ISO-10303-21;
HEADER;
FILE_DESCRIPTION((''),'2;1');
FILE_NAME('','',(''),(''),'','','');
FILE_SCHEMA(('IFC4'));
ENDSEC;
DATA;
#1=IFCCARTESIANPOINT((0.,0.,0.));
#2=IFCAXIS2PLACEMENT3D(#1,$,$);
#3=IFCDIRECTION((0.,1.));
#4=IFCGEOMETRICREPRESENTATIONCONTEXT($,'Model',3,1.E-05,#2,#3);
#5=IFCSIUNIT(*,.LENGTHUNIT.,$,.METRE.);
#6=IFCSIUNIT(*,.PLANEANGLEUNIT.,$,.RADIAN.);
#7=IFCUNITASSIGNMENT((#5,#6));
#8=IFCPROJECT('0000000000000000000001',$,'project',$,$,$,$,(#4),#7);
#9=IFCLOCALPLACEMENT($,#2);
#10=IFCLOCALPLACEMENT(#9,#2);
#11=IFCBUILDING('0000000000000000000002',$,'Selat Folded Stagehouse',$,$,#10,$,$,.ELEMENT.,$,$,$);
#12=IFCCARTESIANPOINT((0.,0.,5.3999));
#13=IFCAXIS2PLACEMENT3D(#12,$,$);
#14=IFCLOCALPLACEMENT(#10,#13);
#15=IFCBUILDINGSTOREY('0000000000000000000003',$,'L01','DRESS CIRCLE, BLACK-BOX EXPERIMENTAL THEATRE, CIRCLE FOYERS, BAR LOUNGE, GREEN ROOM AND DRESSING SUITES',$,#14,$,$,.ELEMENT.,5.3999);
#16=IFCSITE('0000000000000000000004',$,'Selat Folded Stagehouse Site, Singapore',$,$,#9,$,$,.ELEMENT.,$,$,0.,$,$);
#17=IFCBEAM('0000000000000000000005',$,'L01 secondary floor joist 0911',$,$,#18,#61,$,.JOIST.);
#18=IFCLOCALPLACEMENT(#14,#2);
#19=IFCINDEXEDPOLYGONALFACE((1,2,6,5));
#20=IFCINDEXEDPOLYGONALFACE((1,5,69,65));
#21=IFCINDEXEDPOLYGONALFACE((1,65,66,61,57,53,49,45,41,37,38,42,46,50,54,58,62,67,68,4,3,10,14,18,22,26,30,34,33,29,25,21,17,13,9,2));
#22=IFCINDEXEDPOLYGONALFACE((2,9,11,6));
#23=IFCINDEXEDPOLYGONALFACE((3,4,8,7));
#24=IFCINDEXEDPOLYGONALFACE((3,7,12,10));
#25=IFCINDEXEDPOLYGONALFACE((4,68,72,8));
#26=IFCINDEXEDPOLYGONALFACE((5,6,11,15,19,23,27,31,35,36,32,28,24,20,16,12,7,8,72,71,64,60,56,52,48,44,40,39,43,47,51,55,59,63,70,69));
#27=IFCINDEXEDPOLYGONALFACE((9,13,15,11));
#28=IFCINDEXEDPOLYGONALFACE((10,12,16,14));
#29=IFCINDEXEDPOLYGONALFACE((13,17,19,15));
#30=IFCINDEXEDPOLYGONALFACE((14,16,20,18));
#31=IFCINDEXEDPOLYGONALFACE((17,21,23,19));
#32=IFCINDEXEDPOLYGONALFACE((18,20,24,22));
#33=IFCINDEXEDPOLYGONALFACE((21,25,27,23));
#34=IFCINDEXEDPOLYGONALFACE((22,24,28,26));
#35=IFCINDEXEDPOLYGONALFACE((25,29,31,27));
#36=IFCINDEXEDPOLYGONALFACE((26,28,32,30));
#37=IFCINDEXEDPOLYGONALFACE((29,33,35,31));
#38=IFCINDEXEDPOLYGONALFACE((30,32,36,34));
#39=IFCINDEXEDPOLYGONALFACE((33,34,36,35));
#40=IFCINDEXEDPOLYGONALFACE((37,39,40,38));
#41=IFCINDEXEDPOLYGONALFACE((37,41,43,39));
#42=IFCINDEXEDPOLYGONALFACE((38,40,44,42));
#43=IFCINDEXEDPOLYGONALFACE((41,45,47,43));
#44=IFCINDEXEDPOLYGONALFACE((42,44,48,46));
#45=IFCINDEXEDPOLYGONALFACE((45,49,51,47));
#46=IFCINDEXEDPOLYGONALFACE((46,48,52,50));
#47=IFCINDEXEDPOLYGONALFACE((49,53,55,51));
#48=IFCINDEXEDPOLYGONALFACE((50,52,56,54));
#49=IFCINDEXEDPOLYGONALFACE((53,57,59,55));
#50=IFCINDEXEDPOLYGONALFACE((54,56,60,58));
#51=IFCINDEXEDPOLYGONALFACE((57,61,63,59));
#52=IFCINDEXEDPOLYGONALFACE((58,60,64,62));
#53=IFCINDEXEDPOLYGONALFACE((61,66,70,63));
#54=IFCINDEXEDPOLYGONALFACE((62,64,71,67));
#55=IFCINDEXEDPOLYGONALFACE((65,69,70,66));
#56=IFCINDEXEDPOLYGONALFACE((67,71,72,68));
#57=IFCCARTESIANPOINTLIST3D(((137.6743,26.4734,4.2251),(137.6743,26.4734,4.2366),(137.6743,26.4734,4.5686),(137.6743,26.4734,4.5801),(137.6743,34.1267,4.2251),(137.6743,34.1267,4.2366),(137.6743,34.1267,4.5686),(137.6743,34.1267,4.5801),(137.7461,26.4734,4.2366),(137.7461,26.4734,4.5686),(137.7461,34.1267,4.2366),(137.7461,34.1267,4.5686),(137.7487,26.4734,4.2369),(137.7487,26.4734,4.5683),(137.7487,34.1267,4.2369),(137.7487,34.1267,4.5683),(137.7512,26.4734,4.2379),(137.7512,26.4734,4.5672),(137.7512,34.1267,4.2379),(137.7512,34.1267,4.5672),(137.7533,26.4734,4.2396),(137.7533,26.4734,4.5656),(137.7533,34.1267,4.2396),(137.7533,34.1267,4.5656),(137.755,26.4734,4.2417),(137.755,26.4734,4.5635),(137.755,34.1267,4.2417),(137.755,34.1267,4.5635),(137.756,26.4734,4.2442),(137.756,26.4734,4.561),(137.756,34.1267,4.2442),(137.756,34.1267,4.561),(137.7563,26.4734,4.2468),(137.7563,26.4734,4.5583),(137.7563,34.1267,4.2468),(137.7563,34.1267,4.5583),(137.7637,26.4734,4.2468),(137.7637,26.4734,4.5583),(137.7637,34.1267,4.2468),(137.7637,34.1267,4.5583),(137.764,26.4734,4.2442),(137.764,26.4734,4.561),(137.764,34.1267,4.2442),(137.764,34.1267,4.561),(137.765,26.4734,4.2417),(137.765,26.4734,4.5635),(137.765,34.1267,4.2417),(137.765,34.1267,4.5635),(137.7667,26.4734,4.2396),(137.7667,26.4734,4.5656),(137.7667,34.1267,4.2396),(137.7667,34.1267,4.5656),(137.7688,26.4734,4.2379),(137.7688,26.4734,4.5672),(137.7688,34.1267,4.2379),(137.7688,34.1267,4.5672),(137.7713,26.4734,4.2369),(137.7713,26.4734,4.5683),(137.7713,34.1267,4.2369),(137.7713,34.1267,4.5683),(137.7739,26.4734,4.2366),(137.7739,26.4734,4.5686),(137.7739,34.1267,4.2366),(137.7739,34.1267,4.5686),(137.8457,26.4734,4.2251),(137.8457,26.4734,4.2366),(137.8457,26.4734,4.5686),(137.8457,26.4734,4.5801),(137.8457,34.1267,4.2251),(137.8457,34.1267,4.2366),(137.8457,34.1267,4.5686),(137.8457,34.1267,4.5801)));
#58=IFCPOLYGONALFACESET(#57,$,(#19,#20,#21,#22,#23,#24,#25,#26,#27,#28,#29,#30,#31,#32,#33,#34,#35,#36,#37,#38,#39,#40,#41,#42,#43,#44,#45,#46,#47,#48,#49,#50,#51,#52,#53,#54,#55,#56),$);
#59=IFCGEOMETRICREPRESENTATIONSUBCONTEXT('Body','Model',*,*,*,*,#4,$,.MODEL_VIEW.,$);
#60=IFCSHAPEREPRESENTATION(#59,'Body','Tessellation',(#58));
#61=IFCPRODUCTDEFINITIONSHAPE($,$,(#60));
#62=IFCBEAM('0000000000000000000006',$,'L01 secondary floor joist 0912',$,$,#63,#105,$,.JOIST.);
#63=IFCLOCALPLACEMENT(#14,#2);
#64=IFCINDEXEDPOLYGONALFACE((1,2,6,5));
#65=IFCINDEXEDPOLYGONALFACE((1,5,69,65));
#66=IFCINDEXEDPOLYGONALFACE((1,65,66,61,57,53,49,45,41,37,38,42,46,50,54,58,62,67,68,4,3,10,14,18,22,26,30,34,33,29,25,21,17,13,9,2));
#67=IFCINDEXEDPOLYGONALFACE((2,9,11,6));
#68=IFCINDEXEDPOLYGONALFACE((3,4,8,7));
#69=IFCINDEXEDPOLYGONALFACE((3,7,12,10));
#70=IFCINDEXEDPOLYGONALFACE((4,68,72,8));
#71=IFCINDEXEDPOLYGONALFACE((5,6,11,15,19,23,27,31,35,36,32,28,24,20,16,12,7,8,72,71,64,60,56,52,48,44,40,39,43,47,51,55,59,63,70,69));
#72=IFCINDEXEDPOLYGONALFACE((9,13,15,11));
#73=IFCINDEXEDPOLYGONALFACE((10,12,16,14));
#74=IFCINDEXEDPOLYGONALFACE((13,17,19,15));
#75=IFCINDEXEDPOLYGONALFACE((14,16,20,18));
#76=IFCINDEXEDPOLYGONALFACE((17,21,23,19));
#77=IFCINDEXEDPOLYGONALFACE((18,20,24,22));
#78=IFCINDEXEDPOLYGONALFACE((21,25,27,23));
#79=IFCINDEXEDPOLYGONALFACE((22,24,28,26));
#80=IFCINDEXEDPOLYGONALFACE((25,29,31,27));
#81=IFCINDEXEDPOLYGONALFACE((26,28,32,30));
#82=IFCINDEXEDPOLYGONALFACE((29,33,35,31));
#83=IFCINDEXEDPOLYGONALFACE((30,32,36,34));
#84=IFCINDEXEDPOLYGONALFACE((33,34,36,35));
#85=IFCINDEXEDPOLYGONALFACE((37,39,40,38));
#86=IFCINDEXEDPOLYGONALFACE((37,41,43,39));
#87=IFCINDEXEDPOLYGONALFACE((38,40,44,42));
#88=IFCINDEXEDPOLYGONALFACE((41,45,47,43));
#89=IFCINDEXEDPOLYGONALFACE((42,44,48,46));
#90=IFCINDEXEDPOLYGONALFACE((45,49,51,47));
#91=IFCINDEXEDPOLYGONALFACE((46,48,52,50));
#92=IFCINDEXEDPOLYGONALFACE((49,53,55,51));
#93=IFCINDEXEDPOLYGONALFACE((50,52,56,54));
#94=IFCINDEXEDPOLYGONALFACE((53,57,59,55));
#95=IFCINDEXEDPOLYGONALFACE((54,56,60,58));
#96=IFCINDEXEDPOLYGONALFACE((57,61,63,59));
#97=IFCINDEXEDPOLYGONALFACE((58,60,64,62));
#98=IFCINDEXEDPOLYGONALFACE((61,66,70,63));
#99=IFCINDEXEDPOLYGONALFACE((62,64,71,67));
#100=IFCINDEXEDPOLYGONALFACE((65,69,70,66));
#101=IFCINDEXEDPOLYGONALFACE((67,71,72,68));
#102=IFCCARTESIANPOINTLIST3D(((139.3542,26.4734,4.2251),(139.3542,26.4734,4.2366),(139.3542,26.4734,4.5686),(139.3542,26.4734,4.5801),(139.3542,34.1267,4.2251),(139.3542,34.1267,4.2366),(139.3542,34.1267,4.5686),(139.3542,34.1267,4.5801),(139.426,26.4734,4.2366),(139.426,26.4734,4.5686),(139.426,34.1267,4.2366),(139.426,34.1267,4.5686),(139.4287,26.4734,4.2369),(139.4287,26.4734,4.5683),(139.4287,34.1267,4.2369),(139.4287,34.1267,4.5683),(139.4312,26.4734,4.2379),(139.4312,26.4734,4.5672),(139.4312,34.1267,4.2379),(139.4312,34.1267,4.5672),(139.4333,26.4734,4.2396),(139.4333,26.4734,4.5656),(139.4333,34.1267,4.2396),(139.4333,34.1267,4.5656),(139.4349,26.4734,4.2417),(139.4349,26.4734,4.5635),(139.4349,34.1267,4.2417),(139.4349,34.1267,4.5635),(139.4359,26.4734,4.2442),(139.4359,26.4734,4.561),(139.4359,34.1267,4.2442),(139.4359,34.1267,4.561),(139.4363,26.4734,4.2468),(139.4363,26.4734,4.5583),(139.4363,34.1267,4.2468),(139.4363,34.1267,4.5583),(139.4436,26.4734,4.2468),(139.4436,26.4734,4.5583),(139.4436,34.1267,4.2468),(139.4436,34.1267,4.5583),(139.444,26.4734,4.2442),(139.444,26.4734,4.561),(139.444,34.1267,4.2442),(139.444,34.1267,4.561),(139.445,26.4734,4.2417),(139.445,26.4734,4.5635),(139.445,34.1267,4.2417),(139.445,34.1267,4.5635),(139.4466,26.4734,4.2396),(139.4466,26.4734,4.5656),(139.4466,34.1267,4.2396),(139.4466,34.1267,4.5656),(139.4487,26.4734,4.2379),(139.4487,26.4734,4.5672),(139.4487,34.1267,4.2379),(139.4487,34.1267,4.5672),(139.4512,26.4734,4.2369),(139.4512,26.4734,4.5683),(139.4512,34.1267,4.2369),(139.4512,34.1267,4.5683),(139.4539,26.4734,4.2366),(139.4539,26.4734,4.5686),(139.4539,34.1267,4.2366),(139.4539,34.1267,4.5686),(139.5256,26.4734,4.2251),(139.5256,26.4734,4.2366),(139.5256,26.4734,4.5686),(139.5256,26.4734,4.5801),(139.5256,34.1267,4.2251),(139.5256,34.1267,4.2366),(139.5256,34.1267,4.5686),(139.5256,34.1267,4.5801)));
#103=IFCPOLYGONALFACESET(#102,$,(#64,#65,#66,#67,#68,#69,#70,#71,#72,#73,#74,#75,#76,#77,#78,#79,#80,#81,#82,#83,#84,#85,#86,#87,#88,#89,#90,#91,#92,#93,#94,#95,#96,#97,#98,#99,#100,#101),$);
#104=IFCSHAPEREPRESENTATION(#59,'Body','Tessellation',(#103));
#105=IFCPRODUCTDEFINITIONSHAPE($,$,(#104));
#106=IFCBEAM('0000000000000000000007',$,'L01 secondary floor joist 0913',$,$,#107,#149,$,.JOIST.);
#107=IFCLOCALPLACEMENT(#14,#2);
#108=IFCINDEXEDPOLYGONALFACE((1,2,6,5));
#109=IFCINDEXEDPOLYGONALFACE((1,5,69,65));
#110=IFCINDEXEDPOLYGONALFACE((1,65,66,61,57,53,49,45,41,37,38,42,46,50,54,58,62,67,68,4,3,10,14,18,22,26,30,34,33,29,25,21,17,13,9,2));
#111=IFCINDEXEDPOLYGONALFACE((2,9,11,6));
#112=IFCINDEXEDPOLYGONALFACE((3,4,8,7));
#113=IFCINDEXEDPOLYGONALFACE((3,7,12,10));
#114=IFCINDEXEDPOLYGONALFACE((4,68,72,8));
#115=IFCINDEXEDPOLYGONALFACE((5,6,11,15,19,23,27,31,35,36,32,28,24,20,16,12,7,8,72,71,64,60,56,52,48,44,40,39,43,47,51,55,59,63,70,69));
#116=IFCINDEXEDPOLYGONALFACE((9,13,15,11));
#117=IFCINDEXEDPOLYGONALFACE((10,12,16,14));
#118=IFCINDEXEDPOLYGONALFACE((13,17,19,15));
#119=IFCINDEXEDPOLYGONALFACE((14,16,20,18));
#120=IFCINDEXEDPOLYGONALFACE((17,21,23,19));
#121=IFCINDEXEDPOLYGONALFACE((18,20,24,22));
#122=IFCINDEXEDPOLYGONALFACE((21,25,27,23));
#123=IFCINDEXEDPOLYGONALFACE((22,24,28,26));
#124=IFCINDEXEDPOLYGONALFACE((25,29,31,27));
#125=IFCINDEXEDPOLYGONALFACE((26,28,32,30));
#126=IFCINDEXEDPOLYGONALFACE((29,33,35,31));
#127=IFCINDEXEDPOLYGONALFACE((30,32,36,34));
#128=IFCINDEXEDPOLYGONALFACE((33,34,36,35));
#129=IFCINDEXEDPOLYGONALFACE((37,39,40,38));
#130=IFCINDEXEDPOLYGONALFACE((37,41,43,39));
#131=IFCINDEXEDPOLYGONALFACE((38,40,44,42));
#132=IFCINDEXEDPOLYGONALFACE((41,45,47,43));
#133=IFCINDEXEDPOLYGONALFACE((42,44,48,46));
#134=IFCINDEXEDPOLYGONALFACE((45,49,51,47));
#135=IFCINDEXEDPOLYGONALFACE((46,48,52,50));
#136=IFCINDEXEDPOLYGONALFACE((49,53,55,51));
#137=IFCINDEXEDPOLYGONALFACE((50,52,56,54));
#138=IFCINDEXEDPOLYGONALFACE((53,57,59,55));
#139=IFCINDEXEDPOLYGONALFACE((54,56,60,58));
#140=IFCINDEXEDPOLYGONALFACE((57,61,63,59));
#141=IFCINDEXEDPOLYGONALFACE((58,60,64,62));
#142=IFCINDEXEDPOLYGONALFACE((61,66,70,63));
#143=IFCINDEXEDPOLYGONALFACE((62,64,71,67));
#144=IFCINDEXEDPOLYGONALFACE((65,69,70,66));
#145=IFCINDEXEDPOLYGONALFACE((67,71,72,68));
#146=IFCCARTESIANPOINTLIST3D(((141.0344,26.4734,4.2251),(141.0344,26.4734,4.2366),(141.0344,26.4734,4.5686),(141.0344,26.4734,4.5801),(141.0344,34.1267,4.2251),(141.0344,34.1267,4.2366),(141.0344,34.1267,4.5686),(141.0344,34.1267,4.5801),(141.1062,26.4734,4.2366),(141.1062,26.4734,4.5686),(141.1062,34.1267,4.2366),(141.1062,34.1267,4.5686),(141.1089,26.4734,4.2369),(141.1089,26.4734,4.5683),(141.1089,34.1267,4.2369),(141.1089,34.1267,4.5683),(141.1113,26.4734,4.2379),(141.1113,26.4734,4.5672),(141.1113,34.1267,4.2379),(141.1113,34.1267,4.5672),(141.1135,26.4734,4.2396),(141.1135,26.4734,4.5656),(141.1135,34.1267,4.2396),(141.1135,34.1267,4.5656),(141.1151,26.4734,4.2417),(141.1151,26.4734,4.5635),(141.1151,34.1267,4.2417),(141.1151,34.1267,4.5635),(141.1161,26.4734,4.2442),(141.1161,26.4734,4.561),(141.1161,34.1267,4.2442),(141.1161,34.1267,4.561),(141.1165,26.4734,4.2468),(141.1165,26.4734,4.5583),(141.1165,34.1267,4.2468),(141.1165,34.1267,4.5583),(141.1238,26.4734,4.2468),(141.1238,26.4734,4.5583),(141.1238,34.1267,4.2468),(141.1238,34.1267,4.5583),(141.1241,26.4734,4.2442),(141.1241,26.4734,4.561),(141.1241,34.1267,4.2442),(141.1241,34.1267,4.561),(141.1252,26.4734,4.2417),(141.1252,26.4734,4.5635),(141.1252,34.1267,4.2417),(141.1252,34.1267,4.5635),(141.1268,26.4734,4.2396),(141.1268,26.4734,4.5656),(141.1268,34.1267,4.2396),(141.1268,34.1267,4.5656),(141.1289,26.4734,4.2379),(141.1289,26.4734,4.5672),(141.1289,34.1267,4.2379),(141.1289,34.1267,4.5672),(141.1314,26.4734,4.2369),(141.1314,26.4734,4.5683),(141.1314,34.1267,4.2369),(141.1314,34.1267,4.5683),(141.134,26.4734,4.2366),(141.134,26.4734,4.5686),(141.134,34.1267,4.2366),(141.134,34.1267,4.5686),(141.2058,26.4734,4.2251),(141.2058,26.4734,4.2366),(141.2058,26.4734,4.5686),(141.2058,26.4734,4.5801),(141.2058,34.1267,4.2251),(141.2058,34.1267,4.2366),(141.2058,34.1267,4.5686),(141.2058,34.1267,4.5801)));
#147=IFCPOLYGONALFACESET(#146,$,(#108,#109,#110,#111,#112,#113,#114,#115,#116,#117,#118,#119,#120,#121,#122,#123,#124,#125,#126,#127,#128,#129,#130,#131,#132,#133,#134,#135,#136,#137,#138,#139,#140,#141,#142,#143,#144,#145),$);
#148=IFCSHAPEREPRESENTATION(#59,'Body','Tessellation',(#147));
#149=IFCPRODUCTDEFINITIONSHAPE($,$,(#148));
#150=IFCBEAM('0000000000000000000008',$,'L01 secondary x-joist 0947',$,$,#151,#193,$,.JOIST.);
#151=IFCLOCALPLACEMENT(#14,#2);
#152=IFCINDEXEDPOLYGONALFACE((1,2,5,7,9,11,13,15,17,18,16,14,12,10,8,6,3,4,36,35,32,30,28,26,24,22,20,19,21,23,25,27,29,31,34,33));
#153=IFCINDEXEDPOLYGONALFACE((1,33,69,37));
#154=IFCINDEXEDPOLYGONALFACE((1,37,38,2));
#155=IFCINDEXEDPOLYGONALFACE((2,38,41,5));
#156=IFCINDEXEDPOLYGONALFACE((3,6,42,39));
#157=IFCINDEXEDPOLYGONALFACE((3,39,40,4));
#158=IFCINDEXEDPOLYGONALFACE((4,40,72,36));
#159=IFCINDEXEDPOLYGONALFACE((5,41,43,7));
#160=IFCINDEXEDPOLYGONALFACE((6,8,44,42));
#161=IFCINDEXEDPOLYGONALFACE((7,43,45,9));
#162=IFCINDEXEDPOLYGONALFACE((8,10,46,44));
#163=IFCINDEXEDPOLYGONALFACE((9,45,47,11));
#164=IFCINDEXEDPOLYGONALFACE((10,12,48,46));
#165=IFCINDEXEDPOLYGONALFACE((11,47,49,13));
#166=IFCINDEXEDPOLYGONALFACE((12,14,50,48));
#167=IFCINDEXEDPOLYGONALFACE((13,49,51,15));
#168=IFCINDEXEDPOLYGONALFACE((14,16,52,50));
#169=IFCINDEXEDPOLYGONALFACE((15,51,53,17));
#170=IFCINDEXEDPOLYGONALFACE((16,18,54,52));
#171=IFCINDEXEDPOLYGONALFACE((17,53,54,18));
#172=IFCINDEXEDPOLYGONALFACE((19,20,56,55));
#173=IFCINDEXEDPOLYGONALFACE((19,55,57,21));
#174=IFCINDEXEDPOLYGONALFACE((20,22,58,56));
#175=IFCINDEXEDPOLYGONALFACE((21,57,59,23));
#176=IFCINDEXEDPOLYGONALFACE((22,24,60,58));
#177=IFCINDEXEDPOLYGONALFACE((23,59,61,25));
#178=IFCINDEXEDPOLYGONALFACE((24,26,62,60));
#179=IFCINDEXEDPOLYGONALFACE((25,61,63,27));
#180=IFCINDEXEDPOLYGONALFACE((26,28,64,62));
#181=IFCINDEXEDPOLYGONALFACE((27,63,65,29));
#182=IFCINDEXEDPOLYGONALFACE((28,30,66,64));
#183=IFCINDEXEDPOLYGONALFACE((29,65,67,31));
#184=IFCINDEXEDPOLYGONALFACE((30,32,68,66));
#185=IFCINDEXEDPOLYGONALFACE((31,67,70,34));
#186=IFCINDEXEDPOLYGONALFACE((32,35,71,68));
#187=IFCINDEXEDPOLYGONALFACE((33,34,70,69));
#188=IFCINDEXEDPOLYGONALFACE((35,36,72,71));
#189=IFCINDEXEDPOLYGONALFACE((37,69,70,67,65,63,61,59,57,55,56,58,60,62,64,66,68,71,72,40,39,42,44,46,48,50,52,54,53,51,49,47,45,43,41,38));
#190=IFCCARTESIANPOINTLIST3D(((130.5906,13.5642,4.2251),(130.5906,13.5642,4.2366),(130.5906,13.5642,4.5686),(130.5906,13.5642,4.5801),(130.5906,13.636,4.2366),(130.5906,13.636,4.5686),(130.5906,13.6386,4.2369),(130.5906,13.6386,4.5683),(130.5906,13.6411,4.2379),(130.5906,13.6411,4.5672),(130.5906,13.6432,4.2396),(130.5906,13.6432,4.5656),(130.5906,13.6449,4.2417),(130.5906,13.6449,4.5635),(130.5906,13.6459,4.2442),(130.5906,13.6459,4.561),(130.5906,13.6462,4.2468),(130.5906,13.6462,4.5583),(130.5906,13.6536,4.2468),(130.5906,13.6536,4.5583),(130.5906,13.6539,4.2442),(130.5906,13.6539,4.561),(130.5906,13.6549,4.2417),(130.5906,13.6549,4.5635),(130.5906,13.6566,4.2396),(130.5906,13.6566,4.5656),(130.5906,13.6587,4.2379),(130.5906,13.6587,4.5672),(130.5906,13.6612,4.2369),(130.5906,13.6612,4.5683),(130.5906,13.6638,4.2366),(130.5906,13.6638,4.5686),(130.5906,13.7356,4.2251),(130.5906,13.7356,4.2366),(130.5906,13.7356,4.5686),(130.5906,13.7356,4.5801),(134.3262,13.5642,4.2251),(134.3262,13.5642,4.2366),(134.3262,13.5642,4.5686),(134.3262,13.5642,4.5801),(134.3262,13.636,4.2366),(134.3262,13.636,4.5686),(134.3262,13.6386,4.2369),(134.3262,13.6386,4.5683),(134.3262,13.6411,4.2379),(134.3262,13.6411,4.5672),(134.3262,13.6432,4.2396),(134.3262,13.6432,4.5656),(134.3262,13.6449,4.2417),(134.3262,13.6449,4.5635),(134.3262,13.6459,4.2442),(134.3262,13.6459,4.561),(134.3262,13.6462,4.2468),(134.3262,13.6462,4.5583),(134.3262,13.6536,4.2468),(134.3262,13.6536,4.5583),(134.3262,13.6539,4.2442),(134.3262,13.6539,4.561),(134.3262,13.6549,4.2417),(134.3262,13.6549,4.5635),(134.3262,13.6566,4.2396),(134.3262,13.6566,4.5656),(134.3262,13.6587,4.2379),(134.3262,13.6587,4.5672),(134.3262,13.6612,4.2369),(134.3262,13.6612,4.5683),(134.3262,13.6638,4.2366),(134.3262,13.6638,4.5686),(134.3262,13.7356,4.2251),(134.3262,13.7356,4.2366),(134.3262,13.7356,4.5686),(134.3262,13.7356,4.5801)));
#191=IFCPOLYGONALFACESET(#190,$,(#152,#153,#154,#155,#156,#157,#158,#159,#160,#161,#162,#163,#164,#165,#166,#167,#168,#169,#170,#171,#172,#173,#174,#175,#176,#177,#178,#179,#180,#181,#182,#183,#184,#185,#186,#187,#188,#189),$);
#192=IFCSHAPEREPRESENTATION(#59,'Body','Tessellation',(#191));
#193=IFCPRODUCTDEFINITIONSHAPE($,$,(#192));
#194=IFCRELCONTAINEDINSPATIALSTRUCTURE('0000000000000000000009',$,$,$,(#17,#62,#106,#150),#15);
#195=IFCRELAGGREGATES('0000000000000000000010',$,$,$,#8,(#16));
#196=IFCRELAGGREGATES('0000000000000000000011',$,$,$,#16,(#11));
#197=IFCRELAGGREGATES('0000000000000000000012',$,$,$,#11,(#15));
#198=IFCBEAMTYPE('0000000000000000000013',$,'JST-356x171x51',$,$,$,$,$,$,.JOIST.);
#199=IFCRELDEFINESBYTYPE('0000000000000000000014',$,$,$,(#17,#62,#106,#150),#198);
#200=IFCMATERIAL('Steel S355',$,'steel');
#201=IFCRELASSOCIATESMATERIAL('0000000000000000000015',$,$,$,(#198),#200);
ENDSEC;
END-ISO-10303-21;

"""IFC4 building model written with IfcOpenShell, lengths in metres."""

from ifc_helpers import new_model, si_unit, direction, frame, origin, origin_2d, place, context, subcontext, project, spatial, i_section, extrude, material, material_profile, profile_set, type_object, element, save


model = new_model("IFC4")

# Units and contexts
model_context = context("Model", 3, precision=1e-05, world=origin(), true_north=direction((0.0, 1.0)))
body_context = subcontext(model_context, "Body", "Model", "MODEL_VIEW")
ifc_project = project(units=[si_unit("LENGTHUNIT", "METRE"), si_unit("PLANEANGLEUNIT", "RADIAN")], contexts=[model_context])

# Site, building, storey
site_placement = place(None, origin())
site = spatial("IfcSite", under=ifc_project, at=site_placement, Name="Selat Folded Stagehouse Site, Singapore", CompositionType="ELEMENT", RefElevation=0.0)
building_placement = place(site_placement, origin())
building = spatial("IfcBuilding", under=site, at=building_placement, Name="Selat Folded Stagehouse", CompositionType="ELEMENT")
storey_placement = place(building_placement, frame((0.0, 0.0, 5.3999)))
storey = spatial("IfcBuildingStorey", under=building, at=storey_placement, Name="L01", Description="DRESS CIRCLE, BLACK-BOX EXPERIMENTAL THEATRE, CIRCLE FOYERS, BAR LOUNGE, GREEN ROOM AND DRESSING SUITES", CompositionType="ELEMENT", Elevation=5.3999)

# Shared definitions
ifc_material_1 = material(Name="Steel S355", Category="steel")

# Beams
ifc_material_profile_1 = material_profile(ifc_material_1, i_section(OverallWidth=0.1714, OverallDepth=0.355, WebThickness=0.0073, FlangeThickness=0.0115, FilletRadius=0.0103, at=origin_2d()), Name="UKB 356x171x51")
ifc_profile_set_1 = profile_set([ifc_material_profile_1], Name="Steel S355")
beam_type_1 = type_object("IfcBeamType", Name="JST-356x171x51", PredefinedType="JOIST", material=ifc_profile_set_1)
for number, where, z_axis, x_axis, name in (
    (1, (137.76, 26.4734, 4.4026), (0.0, 1.0, 0.0), (-1.0, 0.0, 0.0), "L01 secondary floor joist 0911"),
    (2, (139.4399, 26.4734, 4.4026), (0.0, 1.0, 0.0), (-1.0, 0.0, 0.0), "L01 secondary floor joist 0912"),
    (3, (141.1201, 26.4734, 4.4026), (0.0, 1.0, 0.0), (-1.0, 0.0, 0.0), "L01 secondary floor joist 0913"),
):
    element("IfcBeam", number, at=place(storey_placement, frame(where, z_axis=z_axis, x_axis=x_axis)), inside=storey, type_object=beam_type_1, Name=name, PredefinedType="JOIST", context=body_context, shape_type="SweptSolid", body=[
        extrude(i_section(OverallWidth=0.1714, OverallDepth=0.355, WebThickness=0.0073, FlangeThickness=0.0115, FilletRadius=0.0103, at=origin_2d()), origin(), (0.0, 0.0, 1.0), 7.6533),
    ])
beam_1_placement = place(storey_placement, frame((130.5906, 13.6499, 4.4026), z_axis=(1.0, 0.0, 0.0), x_axis=(0.0, 1.0, 0.0)))
element("IfcBeam", 4, at=beam_1_placement, inside=storey, type_object=beam_type_1, Name="L01 secondary x-joist 0947", PredefinedType="JOIST", context=body_context, shape_type="SweptSolid", body=[
    extrude(i_section(OverallWidth=0.1714, OverallDepth=0.355, WebThickness=0.0073, FlangeThickness=0.0115, FilletRadius=0.0103, at=origin_2d()), origin(), (0.0, 0.0, 1.0), 3.7356),
])

save(model, "model.ifc")
